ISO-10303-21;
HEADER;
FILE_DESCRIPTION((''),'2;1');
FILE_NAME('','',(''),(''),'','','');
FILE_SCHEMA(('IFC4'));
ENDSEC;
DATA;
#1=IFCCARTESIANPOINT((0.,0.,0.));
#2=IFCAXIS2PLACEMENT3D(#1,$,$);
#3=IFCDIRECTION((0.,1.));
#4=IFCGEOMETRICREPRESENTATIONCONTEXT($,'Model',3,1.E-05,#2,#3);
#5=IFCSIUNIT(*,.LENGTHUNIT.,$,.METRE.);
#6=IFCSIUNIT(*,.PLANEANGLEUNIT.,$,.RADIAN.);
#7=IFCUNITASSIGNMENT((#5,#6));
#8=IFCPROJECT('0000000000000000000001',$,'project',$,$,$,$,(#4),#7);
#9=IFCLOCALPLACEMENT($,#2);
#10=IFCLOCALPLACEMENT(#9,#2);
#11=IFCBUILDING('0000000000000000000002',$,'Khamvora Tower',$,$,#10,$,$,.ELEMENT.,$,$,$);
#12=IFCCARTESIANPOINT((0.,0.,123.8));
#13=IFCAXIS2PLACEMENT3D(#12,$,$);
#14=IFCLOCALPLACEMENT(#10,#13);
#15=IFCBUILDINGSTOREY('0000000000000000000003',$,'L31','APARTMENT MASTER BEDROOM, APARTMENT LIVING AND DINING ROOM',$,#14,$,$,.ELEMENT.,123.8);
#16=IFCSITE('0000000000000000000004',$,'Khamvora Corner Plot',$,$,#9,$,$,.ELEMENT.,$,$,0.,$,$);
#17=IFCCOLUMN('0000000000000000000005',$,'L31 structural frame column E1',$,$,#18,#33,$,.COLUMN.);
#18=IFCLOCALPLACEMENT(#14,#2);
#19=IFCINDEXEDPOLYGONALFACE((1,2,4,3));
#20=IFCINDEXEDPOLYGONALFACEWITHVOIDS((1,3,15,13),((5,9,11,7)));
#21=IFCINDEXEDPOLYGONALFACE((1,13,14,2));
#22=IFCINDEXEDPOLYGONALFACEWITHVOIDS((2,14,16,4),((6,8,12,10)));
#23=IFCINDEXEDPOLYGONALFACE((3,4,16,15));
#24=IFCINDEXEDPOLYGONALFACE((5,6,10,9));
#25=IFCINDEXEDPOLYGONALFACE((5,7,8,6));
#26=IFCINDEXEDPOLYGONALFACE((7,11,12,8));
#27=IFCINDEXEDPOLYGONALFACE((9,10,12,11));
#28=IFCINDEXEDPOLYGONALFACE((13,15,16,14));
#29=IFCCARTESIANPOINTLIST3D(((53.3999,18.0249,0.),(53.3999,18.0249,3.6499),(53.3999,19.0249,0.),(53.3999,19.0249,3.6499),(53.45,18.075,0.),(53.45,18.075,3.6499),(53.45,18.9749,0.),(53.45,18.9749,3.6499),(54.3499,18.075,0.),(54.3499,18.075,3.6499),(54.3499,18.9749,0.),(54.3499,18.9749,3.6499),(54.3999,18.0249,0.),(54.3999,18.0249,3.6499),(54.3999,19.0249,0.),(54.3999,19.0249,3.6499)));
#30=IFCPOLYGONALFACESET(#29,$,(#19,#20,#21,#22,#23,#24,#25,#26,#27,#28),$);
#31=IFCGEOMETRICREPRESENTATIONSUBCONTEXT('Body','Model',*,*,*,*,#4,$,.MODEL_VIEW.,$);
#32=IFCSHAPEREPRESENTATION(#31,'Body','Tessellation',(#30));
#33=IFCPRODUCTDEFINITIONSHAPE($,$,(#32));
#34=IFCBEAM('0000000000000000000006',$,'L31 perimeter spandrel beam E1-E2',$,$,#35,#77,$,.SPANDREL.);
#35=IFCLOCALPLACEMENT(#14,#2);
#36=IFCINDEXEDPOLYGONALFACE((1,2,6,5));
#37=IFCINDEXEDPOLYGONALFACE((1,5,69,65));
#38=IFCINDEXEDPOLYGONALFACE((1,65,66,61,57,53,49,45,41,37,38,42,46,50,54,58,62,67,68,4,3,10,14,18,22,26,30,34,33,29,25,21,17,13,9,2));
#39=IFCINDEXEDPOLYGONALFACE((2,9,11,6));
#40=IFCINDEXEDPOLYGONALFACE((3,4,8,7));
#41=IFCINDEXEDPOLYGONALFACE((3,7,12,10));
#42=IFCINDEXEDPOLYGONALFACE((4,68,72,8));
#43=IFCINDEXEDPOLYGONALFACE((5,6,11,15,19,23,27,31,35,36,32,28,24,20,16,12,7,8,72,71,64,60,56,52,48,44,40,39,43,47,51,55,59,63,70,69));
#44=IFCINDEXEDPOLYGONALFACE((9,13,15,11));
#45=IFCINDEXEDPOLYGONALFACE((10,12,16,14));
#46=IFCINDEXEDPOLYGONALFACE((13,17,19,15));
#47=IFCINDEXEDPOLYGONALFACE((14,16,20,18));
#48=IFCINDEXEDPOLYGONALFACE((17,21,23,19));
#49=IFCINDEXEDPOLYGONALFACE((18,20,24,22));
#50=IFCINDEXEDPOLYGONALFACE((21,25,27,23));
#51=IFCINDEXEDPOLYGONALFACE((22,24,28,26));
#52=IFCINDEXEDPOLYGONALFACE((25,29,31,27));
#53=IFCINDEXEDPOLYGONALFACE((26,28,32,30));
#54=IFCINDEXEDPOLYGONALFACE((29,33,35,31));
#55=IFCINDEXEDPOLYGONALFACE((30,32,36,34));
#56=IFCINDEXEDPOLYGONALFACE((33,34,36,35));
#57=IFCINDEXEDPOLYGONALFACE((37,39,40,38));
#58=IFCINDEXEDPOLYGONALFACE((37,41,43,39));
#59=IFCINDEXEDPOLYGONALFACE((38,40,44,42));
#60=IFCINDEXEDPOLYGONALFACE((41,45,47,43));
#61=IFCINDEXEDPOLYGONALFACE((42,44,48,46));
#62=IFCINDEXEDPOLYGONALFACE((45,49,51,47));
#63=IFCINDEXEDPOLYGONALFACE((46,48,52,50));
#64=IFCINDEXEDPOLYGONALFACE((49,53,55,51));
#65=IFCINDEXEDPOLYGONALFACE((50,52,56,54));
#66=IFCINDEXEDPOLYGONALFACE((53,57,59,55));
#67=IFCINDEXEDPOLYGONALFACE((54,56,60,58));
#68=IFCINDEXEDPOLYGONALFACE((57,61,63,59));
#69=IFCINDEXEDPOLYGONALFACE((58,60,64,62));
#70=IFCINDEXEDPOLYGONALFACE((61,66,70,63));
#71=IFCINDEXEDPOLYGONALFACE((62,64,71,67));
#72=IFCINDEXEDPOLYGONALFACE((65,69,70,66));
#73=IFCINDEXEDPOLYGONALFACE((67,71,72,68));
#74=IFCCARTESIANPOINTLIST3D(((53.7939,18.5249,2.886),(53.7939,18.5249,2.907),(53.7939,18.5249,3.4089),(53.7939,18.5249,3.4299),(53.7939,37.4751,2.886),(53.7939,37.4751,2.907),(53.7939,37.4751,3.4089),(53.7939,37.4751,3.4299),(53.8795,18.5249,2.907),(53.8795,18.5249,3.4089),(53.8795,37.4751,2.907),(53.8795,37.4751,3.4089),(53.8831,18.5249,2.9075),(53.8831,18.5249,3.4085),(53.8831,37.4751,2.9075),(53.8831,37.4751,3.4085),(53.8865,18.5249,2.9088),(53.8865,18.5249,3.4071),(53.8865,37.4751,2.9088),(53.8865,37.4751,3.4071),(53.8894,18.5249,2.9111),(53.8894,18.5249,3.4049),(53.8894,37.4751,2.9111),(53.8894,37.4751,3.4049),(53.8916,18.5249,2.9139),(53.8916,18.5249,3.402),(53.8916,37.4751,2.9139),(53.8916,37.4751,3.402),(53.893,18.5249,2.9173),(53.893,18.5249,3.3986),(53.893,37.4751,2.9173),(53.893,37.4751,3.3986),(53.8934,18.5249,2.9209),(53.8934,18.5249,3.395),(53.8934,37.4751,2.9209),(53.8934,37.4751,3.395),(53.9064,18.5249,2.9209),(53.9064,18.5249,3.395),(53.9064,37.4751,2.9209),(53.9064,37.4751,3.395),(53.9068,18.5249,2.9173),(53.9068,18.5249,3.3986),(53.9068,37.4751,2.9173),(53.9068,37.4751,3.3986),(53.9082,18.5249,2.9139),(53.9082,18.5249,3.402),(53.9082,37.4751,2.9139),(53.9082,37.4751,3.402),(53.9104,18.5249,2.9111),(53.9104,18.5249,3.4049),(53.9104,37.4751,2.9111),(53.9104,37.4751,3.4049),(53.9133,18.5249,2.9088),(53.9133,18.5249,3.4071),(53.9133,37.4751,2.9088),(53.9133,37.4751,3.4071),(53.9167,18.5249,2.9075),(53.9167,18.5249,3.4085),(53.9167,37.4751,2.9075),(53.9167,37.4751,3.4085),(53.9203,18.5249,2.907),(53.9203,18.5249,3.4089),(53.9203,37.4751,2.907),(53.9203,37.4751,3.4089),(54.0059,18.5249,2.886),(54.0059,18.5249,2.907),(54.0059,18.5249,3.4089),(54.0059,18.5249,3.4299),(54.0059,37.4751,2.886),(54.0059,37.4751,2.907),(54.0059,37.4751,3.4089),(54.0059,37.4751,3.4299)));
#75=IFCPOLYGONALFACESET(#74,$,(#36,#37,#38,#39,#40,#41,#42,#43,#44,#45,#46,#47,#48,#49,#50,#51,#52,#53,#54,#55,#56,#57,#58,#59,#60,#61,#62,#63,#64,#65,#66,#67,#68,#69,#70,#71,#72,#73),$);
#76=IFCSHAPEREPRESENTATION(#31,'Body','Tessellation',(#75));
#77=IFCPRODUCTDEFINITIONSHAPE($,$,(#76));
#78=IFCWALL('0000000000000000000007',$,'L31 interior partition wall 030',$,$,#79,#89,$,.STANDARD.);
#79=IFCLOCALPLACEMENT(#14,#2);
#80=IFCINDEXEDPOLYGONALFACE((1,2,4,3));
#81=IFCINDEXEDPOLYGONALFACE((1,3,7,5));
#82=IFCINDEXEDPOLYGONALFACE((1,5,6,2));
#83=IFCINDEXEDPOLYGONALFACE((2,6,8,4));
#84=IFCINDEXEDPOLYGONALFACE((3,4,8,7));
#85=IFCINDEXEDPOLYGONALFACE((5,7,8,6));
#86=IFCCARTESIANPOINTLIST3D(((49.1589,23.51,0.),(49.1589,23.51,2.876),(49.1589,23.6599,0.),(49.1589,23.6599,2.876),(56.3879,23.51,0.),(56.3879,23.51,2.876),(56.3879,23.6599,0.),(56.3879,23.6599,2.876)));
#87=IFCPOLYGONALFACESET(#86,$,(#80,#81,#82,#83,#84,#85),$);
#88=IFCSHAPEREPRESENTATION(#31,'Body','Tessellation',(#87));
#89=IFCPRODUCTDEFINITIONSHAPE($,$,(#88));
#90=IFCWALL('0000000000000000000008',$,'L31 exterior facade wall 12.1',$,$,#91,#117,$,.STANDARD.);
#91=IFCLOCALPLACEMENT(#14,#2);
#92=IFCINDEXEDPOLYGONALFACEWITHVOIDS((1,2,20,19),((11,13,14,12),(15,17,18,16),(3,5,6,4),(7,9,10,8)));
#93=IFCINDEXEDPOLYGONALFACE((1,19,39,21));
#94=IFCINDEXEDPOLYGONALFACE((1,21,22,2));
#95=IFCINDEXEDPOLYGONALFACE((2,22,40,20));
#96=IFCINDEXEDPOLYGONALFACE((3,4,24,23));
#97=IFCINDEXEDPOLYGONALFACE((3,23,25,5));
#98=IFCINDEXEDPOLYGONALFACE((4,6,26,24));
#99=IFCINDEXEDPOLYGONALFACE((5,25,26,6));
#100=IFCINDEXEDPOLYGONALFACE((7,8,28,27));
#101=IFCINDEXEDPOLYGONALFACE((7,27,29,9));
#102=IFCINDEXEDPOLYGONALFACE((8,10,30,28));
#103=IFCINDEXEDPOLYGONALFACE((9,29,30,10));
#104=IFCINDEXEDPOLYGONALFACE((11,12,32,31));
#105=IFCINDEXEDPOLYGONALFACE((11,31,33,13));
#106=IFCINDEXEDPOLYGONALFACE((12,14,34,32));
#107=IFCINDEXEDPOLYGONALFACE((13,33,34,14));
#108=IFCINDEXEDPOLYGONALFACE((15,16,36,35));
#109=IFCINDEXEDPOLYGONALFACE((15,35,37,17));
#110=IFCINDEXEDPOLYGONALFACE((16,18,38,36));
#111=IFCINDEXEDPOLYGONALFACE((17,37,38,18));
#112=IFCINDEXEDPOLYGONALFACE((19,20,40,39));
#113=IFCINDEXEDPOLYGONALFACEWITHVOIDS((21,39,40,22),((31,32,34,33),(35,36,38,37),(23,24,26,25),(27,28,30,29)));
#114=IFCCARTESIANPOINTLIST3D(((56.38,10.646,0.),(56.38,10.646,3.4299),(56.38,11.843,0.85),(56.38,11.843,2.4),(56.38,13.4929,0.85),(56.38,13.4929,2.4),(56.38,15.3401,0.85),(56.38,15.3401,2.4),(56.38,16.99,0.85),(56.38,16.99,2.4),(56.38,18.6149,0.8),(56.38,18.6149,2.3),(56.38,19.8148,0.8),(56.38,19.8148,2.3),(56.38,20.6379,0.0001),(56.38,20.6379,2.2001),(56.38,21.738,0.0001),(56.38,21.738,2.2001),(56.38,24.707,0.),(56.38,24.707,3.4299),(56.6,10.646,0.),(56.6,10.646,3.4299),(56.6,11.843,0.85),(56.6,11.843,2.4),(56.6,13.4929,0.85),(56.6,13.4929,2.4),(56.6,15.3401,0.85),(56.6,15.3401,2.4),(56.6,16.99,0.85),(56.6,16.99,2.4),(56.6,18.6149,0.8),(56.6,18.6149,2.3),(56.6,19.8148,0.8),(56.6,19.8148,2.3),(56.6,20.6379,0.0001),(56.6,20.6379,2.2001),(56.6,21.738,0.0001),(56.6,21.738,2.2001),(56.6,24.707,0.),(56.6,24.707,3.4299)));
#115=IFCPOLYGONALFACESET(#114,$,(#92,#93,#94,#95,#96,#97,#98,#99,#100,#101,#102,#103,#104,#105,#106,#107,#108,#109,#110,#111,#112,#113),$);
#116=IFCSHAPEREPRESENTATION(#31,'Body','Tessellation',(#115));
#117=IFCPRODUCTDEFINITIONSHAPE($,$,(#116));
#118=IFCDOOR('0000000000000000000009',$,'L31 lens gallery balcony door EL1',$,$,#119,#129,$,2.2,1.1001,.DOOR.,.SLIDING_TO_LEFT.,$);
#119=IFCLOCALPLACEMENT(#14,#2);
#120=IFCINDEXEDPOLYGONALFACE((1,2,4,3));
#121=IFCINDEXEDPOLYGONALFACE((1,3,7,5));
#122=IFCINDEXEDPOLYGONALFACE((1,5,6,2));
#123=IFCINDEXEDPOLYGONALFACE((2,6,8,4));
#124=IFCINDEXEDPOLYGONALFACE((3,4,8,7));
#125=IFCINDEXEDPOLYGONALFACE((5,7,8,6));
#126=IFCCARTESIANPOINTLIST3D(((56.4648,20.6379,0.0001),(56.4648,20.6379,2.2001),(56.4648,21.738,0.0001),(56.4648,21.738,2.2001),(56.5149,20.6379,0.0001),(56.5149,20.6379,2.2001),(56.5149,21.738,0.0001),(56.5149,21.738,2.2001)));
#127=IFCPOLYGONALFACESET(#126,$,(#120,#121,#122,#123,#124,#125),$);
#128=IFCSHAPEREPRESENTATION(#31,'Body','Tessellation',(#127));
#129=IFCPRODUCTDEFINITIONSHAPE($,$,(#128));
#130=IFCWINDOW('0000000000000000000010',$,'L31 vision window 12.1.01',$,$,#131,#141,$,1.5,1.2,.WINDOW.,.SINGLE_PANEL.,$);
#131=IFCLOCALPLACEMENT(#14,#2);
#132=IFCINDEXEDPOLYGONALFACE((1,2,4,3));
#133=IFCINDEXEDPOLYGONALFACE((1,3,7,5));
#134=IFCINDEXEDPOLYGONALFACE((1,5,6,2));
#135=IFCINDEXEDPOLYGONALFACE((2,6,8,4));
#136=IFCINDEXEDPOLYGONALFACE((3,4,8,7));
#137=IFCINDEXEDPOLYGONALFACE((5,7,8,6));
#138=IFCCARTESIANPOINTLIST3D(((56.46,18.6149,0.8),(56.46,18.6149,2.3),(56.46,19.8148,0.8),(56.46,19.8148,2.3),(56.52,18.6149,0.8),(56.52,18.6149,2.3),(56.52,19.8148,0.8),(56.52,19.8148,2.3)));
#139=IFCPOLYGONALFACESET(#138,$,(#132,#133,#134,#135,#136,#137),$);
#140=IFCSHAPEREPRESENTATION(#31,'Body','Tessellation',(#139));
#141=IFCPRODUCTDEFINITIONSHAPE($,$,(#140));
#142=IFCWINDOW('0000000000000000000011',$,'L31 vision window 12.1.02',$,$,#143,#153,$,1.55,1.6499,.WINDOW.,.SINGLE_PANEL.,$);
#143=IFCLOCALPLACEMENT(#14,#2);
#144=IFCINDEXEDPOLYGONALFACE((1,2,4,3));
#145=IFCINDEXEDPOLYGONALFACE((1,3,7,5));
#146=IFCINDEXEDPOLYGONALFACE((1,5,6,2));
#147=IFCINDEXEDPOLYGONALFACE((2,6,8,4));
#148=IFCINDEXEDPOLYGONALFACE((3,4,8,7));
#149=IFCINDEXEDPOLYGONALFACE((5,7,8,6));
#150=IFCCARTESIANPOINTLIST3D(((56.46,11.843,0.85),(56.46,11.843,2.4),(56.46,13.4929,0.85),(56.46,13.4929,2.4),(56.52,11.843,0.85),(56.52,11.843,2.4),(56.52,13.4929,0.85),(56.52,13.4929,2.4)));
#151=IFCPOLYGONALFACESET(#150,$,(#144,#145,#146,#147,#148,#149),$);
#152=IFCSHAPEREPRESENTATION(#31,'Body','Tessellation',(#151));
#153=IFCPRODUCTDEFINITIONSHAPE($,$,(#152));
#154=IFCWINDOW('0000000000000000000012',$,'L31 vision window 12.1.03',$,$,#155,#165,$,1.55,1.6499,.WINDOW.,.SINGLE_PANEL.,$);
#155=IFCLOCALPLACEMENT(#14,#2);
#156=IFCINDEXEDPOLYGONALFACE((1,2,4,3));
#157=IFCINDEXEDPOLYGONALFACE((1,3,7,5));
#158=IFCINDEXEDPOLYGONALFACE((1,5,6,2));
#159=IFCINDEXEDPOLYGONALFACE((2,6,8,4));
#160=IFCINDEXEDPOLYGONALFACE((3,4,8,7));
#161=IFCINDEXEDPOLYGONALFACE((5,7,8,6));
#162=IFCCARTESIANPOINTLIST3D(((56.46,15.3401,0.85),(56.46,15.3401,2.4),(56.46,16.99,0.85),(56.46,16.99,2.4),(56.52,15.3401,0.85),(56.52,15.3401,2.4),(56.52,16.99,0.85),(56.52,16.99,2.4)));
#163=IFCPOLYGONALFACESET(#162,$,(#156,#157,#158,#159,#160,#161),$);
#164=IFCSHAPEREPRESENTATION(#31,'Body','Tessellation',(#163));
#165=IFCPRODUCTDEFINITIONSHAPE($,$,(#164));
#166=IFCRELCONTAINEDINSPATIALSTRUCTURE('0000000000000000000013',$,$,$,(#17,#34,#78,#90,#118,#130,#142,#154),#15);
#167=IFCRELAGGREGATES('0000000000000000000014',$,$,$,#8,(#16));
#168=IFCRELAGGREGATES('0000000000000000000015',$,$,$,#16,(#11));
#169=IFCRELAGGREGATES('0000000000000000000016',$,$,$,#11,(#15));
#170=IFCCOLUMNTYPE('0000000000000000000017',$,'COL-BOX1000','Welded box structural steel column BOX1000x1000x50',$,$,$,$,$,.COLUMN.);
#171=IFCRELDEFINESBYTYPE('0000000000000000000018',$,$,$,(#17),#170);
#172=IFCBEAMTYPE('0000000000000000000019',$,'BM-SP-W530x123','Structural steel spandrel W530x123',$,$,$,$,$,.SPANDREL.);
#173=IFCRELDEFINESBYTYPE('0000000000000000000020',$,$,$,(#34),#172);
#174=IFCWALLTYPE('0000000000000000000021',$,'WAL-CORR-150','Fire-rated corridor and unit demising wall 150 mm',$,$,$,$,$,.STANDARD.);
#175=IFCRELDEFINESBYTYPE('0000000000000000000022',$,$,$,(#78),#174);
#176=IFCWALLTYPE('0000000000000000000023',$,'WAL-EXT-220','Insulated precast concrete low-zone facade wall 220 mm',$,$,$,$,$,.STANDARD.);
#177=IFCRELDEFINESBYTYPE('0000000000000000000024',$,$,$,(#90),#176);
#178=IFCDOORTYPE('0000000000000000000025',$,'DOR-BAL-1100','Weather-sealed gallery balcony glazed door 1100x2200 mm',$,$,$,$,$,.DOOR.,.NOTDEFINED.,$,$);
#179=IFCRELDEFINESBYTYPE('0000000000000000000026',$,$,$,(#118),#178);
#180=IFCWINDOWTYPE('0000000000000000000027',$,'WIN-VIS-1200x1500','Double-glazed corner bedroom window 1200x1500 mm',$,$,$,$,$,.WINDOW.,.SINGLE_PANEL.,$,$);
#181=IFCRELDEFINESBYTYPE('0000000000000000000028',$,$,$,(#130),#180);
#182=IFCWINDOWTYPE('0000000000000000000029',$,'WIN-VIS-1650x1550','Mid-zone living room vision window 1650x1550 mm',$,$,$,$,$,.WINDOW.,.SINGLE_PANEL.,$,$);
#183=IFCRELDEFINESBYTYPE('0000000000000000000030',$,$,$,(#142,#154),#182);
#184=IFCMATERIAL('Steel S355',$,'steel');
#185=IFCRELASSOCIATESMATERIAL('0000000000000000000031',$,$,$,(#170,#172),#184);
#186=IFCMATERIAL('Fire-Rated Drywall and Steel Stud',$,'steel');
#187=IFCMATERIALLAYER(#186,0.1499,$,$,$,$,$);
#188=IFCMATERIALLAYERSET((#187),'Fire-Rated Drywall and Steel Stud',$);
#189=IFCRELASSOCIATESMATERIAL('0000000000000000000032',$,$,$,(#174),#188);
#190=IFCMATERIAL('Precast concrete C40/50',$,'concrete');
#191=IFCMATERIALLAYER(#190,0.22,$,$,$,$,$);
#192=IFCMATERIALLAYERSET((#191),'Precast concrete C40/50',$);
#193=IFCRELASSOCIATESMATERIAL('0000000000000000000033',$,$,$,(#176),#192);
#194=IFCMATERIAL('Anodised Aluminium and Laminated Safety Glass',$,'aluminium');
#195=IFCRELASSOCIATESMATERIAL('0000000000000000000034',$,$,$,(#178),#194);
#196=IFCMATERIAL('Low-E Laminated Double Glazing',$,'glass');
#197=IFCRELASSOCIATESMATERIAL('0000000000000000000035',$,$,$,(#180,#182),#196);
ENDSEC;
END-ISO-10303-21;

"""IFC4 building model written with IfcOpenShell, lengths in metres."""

from ifc_helpers import new_model, si_unit, direction, frame, frame_2d, origin, origin_2d, place, context, subcontext, project, spatial, rectangle, hollow_rectangle, i_section, extrude, material, layer, layer_set, material_profile, profile_set, type_object, element, fill, save


model = new_model("IFC4")

# Units and contexts
model_context = context("Model", 3, precision=1e-05, world=origin(), true_north=direction((0.0, 1.0)))
body_context = subcontext(model_context, "Body", "Model", "MODEL_VIEW")
ifc_project = project(units=[si_unit("LENGTHUNIT", "METRE"), si_unit("PLANEANGLEUNIT", "RADIAN")], contexts=[model_context])

# Site, building, storey
site_placement = place(None, origin())
site = spatial("IfcSite", under=ifc_project, at=site_placement, Name="Khamvora Corner Plot", CompositionType="ELEMENT", RefElevation=0.0)
building_placement = place(site_placement, origin())
building = spatial("IfcBuilding", under=site, at=building_placement, Name="Khamvora Tower", CompositionType="ELEMENT")
storey_placement = place(building_placement, frame((0.0, 0.0, 123.8)))
storey = spatial("IfcBuildingStorey", under=building, at=storey_placement, Name="L31", Description="APARTMENT MASTER BEDROOM, APARTMENT LIVING AND DINING ROOM", CompositionType="ELEMENT", Elevation=123.8)

# Column
ifc_material_1 = material(Name="Steel S355", Category="steel")
ifc_material_profile_1 = material_profile(ifc_material_1, hollow_rectangle(XDim=1.0, YDim=1.0, WallThickness=0.05, at=origin_2d()), Name="BOX1000x1000x50")
ifc_profile_set_1 = profile_set([ifc_material_profile_1], Name="Steel S355")
column_type = type_object("IfcColumnType", Name="COL-BOX1000", Description="Welded box structural steel column BOX1000x1000x50", PredefinedType="COLUMN", material=ifc_profile_set_1)
column_placement = place(storey_placement, frame((53.8999, 18.5249, 0.0), z_axis=(0.0, 0.0, 1.0), x_axis=(1.0, 0.0, 0.0)))
element("IfcColumn", 1, at=column_placement, inside=storey, type_object=column_type, Name="L31 structural frame column E1", PredefinedType="COLUMN", context=body_context, shape_type="SweptSolid", body=[
    extrude(hollow_rectangle(XDim=1.0, YDim=1.0, WallThickness=0.05, at=origin_2d()), origin(), (0.0, 0.0, 1.0), 3.6499),
])

# Beam
ifc_material_profile_2 = material_profile(ifc_material_1, i_section(OverallWidth=0.2119, OverallDepth=0.5439, WebThickness=0.0129, FlangeThickness=0.021, FilletRadius=0.0139, at=origin_2d()), Name="W530x123")
ifc_profile_set_2 = profile_set([ifc_material_profile_2], Name="Steel S355")
beam_type = type_object("IfcBeamType", Name="BM-SP-W530x123", Description="Structural steel spandrel W530x123", PredefinedType="SPANDREL", material=ifc_profile_set_2)
beam_placement = place(storey_placement, frame((53.8999, 18.5249, 3.158), z_axis=(0.0, 1.0, 0.0), x_axis=(-1.0, 0.0, 0.0)))
element("IfcBeam", 2, at=beam_placement, inside=storey, type_object=beam_type, Name="L31 perimeter spandrel beam E1-E2", PredefinedType="SPANDREL", context=body_context, shape_type="SweptSolid", body=[
    extrude(i_section(OverallWidth=0.2119, OverallDepth=0.5439, WebThickness=0.0129, FlangeThickness=0.021, FilletRadius=0.0139, at=origin_2d()), origin(), (0.0, 0.0, 1.0), 18.9502),
])

# Shared definitions
ifc_material_2 = material(Name="Fire-Rated Drywall and Steel Stud", Category="steel")
ifc_layer_1 = layer(ifc_material_2, 0.1499)
ifc_layer_set_1 = layer_set([ifc_layer_1], Name="Fire-Rated Drywall and Steel Stud")
wall_type_1 = type_object("IfcWallType", Name="WAL-CORR-150", Description="Fire-rated corridor and unit demising wall 150 mm", PredefinedType="STANDARD", material=ifc_layer_set_1)

# Wall
wall_1_placement = place(storey_placement, frame((56.3879, 23.585, 0.0), z_axis=(0.0, 0.0, 1.0), x_axis=(-1.0, 0.0, 0.0)))
element("IfcWall", 3, at=wall_1_placement, inside=storey, type_object=wall_type_1, Name="L31 interior partition wall 030", PredefinedType="STANDARD", context=body_context, shape_type="SweptSolid", body=[
    extrude(rectangle(XDim=7.229, YDim=0.1499, at=frame_2d((3.6145, 0.0))), origin(), (0.0, 0.0, 1.0), 2.876),
])

# Wall, openings, door, windows
ifc_material_3 = material(Name="Precast concrete C40/50", Category="concrete")
ifc_layer_2 = layer(ifc_material_3, 0.22)
ifc_layer_set_2 = layer_set([ifc_layer_2], Name="Precast concrete C40/50")
wall_type_2 = type_object("IfcWallType", Name="WAL-EXT-220", Description="Insulated precast concrete low-zone facade wall 220 mm", PredefinedType="STANDARD", material=ifc_layer_set_2)
wall_2_placement = place(storey_placement, frame((56.49, 24.707, 0.0), z_axis=(0.0, 0.0, 1.0), x_axis=(0.0, -1.0, 0.0)))
wall_2 = element("IfcWall", 4, at=wall_2_placement, inside=storey, type_object=wall_type_2, Name="L31 exterior facade wall 12.1", PredefinedType="STANDARD", context=body_context, shape_type="SweptSolid", body=[
    extrude(rectangle(XDim=14.061, YDim=0.22, at=frame_2d((7.0305, 0.0))), origin(), (0.0, 0.0, 1.0), 3.4299),
])
opening_1_placement = place(wall_2_placement, frame((2.969, 0.0, 0.0)))
opening_1 = element("IfcOpeningElement", 5, at=opening_1_placement, cuts=wall_2, PredefinedType="OPENING", context=body_context, shape_type="SweptSolid", body=[
    extrude(rectangle(XDim=1.1001, YDim=2.2, at=frame_2d((0.55, 1.1001))), frame((0.0, 0.1199, 0.0), z_axis=(0.0, -1.0, 0.0), x_axis=(1.0, 0.0, 0.0)), (0.0, 0.0, 1.0), 0.24),
])
opening_2_placement = place(wall_2_placement, frame((4.8921, 0.0, 0.8)))
opening_2 = element("IfcOpeningElement", 6, at=opening_2_placement, cuts=wall_2, PredefinedType="OPENING", context=body_context, shape_type="SweptSolid", body=[
    extrude(rectangle(XDim=1.2, YDim=1.5, at=frame_2d((0.6001, 0.75))), frame((0.0, 0.1199, 0.0), z_axis=(0.0, -1.0, 0.0), x_axis=(1.0, 0.0, 0.0)), (0.0, 0.0, 1.0), 0.24),
])
opening_3_placement = place(wall_2_placement, frame((11.2141, 0.0, 0.8501)))
opening_3 = element("IfcOpeningElement", 7, at=opening_3_placement, cuts=wall_2, PredefinedType="OPENING", context=body_context, shape_type="SweptSolid", body=[
    extrude(rectangle(XDim=1.6499, YDim=1.55, at=frame_2d((0.825, 0.7749))), frame((0.0, 0.1199, 0.0), z_axis=(0.0, -1.0, 0.0), x_axis=(1.0, 0.0, 0.0)), (0.0, 0.0, 1.0), 0.24),
])
opening_4_placement = place(wall_2_placement, frame((7.717, 0.0, 0.8501)))
opening_4 = element("IfcOpeningElement", 8, at=opening_4_placement, cuts=wall_2, PredefinedType="OPENING", context=body_context, shape_type="SweptSolid", body=[
    extrude(rectangle(XDim=1.6499, YDim=1.55, at=frame_2d((0.825, 0.7749))), frame((0.0, 0.1199, 0.0), z_axis=(0.0, -1.0, 0.0), x_axis=(1.0, 0.0, 0.0)), (0.0, 0.0, 1.0), 0.24),
])
ifc_material_4 = material(Name="Anodised Aluminium and Laminated Safety Glass", Category="aluminium")
door_type_1 = type_object("IfcDoorType", Name="DOR-BAL-1100", Description="Weather-sealed gallery balcony glazed door 1100x2200 mm", OperationType="NOTDEFINED", PredefinedType="DOOR", material=ifc_material_4)
door_1_placement = place(opening_1_placement, origin())
door_1 = element("IfcDoor", 9, at=door_1_placement, inside=storey, type_object=door_type_1, Name="L31 lens gallery balcony door EL1", OperationType="SLIDING_TO_LEFT", OverallHeight=2.2, OverallWidth=1.1001, PredefinedType="DOOR", context=body_context, shape_type="SweptSolid", body=[
    extrude(rectangle(XDim=1.1001, YDim=2.2, at=frame_2d((0.55, 1.1001))), frame((0.0, 0.0249, 0.0), z_axis=(0.0, -1.0, 0.0), x_axis=(1.0, 0.0, 0.0)), (0.0, 0.0, 1.0), 0.05),
])
fill(opening_1, door_1)
ifc_material_5 = material(Name="Low-E Laminated Double Glazing", Category="glass")
window_type_1 = type_object("IfcWindowType", Name="WIN-VIS-1200x1500", Description="Double-glazed corner bedroom window 1200x1500 mm", PartitioningType="SINGLE_PANEL", PredefinedType="WINDOW", material=ifc_material_5)
window_1_placement = place(opening_2_placement, origin())
window_1 = element("IfcWindow", 10, at=window_1_placement, inside=storey, type_object=window_type_1, Name="L31 vision window 12.1.01", OverallHeight=1.5, OverallWidth=1.2, PartitioningType="SINGLE_PANEL", PredefinedType="WINDOW", context=body_context, shape_type="SweptSolid", body=[
    extrude(rectangle(XDim=1.2, YDim=1.5, at=frame_2d((0.6001, 0.75))), frame((0.0, 0.03, 0.0), z_axis=(0.0, -1.0, 0.0), x_axis=(1.0, 0.0, 0.0)), (0.0, 0.0, 1.0), 0.0601),
])
fill(opening_2, window_1)
window_type_2 = type_object("IfcWindowType", Name="WIN-VIS-1650x1550", Description="Mid-zone living room vision window 1650x1550 mm", PartitioningType="SINGLE_PANEL", PredefinedType="WINDOW", material=ifc_material_5)
window_2_placement = place(opening_3_placement, origin())
window_2 = element("IfcWindow", 11, at=window_2_placement, inside=storey, type_object=window_type_2, Name="L31 vision window 12.1.02", OverallHeight=1.55, OverallWidth=1.6499, PartitioningType="SINGLE_PANEL", PredefinedType="WINDOW", context=body_context, shape_type="SweptSolid", body=[
    extrude(rectangle(XDim=1.6499, YDim=1.55, at=frame_2d((0.825, 0.7749))), frame((0.0, 0.03, 0.0), z_axis=(0.0, -1.0, 0.0), x_axis=(1.0, 0.0, 0.0)), (0.0, 0.0, 1.0), 0.0601),
])
fill(opening_3, window_2)
window_3_placement = place(opening_4_placement, origin())
window_3 = element("IfcWindow", 12, at=window_3_placement, inside=storey, type_object=window_type_2, Name="L31 vision window 12.1.03", OverallHeight=1.55, OverallWidth=1.6499, PartitioningType="SINGLE_PANEL", PredefinedType="WINDOW", context=body_context, shape_type="SweptSolid", body=[
    extrude(rectangle(XDim=1.6499, YDim=1.55, at=frame_2d((0.825, 0.7749))), frame((0.0, 0.03, 0.0), z_axis=(0.0, -1.0, 0.0), x_axis=(1.0, 0.0, 0.0)), (0.0, 0.0, 1.0), 0.0601),
])
fill(opening_4, window_3)

save(model, "model.ifc")
